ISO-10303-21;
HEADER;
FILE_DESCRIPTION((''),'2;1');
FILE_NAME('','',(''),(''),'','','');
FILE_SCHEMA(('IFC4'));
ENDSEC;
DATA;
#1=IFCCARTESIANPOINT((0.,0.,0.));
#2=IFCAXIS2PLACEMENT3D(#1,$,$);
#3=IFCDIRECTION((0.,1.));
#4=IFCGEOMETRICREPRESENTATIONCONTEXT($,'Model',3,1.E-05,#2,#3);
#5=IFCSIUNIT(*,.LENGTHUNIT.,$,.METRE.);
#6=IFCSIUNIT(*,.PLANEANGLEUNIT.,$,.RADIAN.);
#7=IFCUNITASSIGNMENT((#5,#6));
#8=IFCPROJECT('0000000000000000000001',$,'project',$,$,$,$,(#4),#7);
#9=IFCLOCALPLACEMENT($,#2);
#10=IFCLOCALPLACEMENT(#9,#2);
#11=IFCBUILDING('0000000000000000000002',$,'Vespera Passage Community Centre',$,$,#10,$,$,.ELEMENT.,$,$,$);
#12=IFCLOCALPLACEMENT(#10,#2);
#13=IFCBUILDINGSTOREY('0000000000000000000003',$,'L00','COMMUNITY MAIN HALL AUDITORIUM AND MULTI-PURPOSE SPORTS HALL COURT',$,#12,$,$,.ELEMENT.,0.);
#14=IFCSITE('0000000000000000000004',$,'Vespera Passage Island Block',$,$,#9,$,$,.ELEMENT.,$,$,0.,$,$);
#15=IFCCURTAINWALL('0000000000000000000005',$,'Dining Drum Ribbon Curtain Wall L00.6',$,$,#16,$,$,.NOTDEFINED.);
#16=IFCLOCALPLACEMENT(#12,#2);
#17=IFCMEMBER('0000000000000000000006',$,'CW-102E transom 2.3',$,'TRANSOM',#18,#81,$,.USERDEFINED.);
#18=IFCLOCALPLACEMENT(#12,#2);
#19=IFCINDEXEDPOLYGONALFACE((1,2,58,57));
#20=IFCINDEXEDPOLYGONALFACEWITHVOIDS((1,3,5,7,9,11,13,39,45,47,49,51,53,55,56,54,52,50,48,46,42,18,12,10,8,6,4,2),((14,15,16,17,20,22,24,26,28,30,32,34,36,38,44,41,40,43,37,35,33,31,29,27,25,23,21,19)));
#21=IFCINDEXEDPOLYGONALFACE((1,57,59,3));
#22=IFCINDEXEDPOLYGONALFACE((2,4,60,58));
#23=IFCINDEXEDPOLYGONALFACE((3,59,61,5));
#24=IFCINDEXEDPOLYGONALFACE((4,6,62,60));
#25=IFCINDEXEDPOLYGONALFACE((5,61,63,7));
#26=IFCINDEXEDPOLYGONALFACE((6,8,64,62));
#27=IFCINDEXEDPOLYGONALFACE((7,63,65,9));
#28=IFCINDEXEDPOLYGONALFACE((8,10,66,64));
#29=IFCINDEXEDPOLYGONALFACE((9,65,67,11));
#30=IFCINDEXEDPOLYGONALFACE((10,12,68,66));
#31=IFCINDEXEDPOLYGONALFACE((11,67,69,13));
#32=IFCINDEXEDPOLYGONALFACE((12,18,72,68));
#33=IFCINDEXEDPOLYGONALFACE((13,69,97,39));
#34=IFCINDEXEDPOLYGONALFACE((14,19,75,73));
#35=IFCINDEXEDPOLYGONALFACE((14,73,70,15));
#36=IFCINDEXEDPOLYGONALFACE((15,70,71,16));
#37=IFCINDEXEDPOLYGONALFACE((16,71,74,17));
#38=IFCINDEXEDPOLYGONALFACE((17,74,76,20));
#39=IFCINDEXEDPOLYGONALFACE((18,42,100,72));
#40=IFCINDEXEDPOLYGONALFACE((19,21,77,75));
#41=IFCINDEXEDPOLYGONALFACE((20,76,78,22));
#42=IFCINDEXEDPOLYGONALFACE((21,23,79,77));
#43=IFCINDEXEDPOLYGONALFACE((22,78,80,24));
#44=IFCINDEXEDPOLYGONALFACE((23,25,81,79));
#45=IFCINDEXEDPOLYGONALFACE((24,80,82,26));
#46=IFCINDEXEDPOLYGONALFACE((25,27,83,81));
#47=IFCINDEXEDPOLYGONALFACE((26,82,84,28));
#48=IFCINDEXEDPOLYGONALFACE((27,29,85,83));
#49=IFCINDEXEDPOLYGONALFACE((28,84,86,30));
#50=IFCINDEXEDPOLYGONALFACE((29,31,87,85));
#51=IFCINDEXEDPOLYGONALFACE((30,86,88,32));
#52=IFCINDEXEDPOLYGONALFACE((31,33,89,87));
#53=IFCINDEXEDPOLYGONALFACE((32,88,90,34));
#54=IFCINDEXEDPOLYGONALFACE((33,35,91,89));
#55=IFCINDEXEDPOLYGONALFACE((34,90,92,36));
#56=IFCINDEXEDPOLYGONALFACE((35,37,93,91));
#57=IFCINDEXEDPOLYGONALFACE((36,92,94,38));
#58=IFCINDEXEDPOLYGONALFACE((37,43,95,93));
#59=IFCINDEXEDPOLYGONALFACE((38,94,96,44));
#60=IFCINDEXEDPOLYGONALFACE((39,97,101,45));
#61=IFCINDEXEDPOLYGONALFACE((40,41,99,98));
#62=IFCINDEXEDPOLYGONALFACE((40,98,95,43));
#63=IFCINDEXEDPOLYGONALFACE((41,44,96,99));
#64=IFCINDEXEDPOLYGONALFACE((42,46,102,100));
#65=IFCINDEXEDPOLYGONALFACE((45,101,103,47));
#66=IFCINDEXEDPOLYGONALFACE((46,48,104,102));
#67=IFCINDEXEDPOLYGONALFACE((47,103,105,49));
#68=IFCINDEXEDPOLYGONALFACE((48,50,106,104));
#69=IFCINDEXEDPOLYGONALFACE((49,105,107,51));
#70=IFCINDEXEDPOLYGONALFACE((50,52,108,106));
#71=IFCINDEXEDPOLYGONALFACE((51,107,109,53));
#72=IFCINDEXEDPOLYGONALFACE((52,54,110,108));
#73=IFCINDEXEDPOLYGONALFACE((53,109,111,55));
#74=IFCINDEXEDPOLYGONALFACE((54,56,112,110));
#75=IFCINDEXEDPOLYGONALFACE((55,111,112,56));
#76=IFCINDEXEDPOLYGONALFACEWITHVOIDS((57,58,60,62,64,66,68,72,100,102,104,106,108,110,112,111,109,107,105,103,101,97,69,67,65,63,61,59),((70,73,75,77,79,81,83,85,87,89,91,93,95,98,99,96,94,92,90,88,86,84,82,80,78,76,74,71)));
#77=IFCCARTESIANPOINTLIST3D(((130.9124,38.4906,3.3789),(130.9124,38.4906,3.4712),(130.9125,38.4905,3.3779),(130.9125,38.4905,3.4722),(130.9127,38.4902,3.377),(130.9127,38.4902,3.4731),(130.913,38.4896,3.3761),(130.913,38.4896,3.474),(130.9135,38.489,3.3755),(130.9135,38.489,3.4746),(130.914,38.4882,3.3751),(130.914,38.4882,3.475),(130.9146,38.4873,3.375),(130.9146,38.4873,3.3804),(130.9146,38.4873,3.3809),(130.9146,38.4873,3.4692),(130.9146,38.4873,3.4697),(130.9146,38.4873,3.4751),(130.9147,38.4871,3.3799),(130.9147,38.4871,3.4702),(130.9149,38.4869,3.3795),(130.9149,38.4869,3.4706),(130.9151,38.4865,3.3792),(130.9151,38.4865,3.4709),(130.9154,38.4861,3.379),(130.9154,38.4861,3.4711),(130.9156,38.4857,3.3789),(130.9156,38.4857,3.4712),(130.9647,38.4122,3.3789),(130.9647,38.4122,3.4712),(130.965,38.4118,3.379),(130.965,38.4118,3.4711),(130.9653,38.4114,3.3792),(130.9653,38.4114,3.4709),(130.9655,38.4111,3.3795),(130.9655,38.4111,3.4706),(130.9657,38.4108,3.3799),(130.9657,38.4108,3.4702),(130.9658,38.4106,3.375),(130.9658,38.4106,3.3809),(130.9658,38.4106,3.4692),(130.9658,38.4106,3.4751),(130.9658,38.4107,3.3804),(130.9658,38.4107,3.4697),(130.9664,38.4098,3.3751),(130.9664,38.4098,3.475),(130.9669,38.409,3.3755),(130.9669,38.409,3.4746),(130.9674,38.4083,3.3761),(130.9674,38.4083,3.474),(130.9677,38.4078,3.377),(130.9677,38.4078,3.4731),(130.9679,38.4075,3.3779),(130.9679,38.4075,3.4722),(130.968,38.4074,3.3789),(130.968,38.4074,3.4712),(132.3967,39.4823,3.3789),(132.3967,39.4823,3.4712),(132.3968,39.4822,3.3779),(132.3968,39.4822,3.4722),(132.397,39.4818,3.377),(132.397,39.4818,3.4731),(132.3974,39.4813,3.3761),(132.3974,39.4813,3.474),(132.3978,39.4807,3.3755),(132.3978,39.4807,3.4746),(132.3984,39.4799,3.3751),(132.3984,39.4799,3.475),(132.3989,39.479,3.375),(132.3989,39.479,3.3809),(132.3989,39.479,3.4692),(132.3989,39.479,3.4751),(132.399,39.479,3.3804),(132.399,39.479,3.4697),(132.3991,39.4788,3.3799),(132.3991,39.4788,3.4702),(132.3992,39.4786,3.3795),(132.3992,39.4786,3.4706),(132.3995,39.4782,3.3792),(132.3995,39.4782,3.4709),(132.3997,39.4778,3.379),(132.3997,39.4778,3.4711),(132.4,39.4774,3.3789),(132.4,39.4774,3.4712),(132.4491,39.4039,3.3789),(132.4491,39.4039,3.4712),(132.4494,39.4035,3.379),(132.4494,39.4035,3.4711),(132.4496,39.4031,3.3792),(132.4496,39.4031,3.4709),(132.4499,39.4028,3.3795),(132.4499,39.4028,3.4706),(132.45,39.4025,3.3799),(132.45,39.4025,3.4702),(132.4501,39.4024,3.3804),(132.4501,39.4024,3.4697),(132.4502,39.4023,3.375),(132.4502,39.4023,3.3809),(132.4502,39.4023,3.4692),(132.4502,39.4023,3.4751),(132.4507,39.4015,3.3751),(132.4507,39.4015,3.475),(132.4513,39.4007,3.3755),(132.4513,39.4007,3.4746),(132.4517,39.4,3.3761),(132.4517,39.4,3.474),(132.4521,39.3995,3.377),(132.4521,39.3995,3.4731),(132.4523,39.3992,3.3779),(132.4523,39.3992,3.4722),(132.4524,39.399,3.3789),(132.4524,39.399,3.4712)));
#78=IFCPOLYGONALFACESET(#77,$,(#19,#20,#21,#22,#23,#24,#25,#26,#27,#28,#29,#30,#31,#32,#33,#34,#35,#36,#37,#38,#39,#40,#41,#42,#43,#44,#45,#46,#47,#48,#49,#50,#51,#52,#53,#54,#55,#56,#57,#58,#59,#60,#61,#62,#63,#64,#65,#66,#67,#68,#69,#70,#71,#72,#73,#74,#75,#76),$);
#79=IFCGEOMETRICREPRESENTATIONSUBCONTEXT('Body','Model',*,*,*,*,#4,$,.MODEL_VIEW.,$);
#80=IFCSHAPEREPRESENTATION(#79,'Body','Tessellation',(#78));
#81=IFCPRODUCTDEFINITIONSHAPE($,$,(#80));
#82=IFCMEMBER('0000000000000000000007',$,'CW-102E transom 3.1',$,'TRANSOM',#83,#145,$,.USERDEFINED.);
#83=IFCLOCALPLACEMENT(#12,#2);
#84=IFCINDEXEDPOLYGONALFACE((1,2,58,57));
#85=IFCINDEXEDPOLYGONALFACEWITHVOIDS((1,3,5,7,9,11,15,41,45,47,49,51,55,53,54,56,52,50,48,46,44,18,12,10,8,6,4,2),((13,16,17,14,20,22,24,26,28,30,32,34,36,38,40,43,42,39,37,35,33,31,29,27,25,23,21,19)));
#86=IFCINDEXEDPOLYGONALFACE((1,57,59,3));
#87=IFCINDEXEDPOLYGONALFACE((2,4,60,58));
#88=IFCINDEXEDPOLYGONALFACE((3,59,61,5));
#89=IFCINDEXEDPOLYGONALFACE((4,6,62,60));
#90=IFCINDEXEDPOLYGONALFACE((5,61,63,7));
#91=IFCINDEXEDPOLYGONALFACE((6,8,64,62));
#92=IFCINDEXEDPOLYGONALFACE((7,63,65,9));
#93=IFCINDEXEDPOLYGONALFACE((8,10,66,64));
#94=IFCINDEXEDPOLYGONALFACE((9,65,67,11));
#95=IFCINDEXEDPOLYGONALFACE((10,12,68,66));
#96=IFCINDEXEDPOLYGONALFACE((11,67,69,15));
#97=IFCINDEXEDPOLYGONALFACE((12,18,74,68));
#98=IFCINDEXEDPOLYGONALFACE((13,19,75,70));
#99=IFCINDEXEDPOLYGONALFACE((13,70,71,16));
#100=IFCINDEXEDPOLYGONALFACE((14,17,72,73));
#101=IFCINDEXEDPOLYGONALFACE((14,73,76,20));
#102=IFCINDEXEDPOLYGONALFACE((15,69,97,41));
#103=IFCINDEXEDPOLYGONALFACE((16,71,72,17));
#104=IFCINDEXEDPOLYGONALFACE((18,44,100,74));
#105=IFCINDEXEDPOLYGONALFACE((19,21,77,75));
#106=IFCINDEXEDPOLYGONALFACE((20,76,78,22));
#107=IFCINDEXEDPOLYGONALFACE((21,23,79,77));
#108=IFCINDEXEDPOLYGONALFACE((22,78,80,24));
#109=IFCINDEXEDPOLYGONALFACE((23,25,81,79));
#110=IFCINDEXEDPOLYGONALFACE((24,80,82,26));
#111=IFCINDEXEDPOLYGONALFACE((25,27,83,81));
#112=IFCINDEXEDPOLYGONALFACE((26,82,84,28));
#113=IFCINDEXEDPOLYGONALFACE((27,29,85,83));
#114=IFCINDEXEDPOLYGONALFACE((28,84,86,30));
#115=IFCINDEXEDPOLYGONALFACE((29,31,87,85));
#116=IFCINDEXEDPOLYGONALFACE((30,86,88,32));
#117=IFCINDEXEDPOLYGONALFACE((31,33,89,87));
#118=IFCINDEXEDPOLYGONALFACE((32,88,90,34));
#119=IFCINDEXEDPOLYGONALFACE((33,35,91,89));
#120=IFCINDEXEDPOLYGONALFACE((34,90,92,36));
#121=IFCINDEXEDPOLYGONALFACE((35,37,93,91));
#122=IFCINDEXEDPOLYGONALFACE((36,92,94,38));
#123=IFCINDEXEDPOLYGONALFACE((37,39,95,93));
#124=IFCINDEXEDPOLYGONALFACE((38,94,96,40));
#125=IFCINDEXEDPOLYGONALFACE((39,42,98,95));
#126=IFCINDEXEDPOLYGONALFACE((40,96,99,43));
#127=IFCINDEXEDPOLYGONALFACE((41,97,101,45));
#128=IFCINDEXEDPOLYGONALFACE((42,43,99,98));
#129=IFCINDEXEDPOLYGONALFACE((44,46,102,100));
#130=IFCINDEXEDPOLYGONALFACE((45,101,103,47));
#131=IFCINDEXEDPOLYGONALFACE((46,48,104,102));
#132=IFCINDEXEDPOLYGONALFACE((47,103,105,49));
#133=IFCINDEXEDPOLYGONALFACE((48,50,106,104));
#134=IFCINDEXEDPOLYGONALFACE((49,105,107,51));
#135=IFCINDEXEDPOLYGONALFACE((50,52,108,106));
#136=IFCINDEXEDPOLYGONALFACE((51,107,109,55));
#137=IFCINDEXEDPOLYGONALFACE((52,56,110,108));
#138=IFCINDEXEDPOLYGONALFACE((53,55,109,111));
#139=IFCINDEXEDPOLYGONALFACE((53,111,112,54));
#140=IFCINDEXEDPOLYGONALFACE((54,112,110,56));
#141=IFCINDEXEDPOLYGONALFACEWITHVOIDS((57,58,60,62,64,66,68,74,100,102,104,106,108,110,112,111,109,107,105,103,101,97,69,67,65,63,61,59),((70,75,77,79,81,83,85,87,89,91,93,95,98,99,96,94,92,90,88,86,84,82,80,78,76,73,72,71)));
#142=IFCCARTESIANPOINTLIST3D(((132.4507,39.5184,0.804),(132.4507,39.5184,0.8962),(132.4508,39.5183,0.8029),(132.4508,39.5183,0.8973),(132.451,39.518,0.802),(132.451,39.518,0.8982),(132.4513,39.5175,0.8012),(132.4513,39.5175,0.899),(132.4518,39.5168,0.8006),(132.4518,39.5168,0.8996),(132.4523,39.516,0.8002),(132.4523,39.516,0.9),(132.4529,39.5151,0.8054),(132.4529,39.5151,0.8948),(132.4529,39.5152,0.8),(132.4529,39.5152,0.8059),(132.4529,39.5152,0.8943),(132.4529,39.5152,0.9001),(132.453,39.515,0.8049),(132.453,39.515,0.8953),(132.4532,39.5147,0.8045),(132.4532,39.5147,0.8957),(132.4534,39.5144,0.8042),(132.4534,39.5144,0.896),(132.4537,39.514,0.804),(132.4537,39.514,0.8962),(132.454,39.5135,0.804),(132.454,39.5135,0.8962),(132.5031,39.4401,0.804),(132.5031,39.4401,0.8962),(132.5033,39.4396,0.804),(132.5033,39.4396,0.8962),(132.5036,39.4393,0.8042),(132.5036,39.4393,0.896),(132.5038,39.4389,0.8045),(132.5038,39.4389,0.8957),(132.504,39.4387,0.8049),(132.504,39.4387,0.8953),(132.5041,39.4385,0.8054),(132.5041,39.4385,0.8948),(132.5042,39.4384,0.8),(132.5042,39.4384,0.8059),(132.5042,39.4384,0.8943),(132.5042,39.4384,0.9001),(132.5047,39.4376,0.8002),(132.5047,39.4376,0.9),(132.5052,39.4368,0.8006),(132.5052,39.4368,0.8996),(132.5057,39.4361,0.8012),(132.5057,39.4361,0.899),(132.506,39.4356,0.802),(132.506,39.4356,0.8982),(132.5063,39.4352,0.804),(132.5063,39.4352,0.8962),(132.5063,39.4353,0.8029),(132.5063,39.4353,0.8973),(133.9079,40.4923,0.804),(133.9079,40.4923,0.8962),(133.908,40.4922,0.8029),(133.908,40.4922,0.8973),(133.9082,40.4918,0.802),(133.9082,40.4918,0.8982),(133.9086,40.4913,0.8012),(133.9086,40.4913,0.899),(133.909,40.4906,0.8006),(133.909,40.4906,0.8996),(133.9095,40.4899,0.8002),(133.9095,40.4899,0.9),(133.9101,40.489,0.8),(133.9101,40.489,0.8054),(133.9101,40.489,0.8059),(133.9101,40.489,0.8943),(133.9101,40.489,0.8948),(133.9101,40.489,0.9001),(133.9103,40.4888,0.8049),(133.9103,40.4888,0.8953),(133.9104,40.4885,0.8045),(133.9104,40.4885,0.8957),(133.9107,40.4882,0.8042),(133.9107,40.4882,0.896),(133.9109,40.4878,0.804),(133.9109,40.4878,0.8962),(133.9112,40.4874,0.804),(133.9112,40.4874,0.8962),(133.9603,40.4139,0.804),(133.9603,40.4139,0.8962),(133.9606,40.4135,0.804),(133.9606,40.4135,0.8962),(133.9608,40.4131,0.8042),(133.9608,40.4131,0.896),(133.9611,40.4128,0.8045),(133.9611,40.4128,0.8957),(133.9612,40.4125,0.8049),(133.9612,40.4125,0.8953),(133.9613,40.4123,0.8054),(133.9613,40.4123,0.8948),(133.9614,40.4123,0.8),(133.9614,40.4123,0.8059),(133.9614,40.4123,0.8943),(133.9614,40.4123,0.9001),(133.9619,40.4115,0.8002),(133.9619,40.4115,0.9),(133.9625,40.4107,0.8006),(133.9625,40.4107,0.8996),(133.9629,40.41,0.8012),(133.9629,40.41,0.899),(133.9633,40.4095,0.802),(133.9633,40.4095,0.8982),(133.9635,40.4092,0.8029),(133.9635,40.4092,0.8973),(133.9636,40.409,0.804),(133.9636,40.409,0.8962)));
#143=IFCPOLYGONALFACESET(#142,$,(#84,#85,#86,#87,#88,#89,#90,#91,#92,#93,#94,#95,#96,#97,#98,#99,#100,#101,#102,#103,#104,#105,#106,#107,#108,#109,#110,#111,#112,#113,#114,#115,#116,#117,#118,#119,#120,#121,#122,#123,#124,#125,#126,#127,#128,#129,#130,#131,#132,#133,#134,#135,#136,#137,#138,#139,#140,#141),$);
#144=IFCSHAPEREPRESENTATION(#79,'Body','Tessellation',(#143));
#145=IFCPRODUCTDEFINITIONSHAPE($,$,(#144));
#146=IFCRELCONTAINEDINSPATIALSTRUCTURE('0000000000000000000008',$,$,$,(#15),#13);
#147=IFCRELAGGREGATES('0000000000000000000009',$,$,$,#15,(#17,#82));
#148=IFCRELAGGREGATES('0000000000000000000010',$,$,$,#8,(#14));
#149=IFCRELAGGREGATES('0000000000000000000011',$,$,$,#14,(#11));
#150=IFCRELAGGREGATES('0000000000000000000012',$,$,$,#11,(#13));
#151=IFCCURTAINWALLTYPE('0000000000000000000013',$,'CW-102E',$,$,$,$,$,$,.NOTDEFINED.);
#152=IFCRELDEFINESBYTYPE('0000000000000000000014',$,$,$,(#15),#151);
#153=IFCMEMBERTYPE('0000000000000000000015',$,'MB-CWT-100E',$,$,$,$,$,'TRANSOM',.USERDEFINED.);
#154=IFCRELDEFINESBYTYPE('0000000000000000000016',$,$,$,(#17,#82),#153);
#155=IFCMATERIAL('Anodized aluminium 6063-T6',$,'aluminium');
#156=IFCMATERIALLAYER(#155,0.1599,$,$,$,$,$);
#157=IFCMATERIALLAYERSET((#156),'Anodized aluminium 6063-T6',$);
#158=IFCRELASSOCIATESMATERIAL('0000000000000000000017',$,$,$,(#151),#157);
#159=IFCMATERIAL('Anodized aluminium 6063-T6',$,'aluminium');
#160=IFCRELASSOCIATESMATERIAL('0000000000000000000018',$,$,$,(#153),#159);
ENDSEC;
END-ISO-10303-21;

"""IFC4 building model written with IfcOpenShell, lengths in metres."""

from ifc_helpers import new_model, si_unit, direction, frame, origin, origin_2d, place, context, subcontext, project, spatial, hollow_rectangle, extrude, material, layer, layer_set, material_profile, profile_set, type_object, element, aggregate, save


model = new_model("IFC4")

# Units and contexts
model_context = context("Model", 3, precision=1e-05, world=origin(), true_north=direction((0.0, 1.0)))
body_context = subcontext(model_context, "Body", "Model", "MODEL_VIEW")
ifc_project = project(units=[si_unit("LENGTHUNIT", "METRE"), si_unit("PLANEANGLEUNIT", "RADIAN")], contexts=[model_context])

# Site, building, storey
site_placement = place(None, origin())
site = spatial("IfcSite", under=ifc_project, at=site_placement, Name="Vespera Passage Island Block", CompositionType="ELEMENT", RefElevation=0.0)
building_placement = place(site_placement, origin())
building = spatial("IfcBuilding", under=site, at=building_placement, Name="Vespera Passage Community Centre", CompositionType="ELEMENT")
storey_placement = place(building_placement, origin())
storey = spatial("IfcBuildingStorey", under=building, at=storey_placement, Name="L00", Description="COMMUNITY MAIN HALL AUDITORIUM AND MULTI-PURPOSE SPORTS HALL COURT", CompositionType="ELEMENT", Elevation=0.0)

# Curtain wall
ifc_material_1 = material(Name="Anodized aluminium 6063-T6", Category="aluminium")
ifc_layer_1 = layer(ifc_material_1, 0.1599)
ifc_layer_set_1 = layer_set([ifc_layer_1], Name="Anodized aluminium 6063-T6")
curtain_wall_type_1 = type_object("IfcCurtainWallType", Name="CW-102E", PredefinedType="NOTDEFINED", material=ifc_layer_set_1)
curtain_wall_1_placement = place(storey_placement, origin())
curtain_wall_1 = element("IfcCurtainWall", 1, at=curtain_wall_1_placement, inside=storey, type_object=curtain_wall_type_1, Name="Dining Drum Ribbon Curtain Wall L00.6", PredefinedType="NOTDEFINED")

# Members
ifc_material_2 = material(Name="Anodized aluminium 6063-T6", Category="aluminium")
ifc_material_profile_1 = material_profile(ifc_material_2, hollow_rectangle(XDim=0.1001, YDim=0.1001, WallThickness=0.0039, InnerFilletRadius=0.002, OuterFilletRadius=0.0039, at=origin_2d()), Name="ALU100X100X4")
ifc_profile_set_1 = profile_set([ifc_material_profile_1], Name="Anodized aluminium 6063-T6")
member_type_1 = type_object("IfcMemberType", Name="MB-CWT-100E", ElementType="TRANSOM", PredefinedType="USERDEFINED", material=ifc_profile_set_1)
member_1_placement = place(storey_placement, frame((130.9402, 38.449, 3.425), z_axis=(0.831503, 0.55552, 0.0), x_axis=(-0.55552, 0.831503, 0.0)))
member_1 = element("IfcMember", 2, at=member_1_placement, type_object=member_type_1, Name="CW-102E transom 2.3", ObjectType="TRANSOM", PredefinedType="USERDEFINED", context=body_context, shape_type="SweptSolid", body=[
    extrude(hollow_rectangle(XDim=0.1001, YDim=0.1001, WallThickness=0.0039, InnerFilletRadius=0.002, OuterFilletRadius=0.0039, at=origin_2d()), origin(), (0.0, 0.0, 1.0), 1.7852),
])
member_2_placement = place(storey_placement, frame((132.4785, 39.4768, 0.8501), z_axis=(0.831428, 0.555632, 0.0), x_axis=(-0.555632, 0.831428, 0.0)))
member_2 = element("IfcMember", 3, at=member_2_placement, type_object=member_type_1, Name="CW-102E transom 3.1", ObjectType="TRANSOM", PredefinedType="USERDEFINED", context=body_context, shape_type="SweptSolid", body=[
    extrude(hollow_rectangle(XDim=0.1001, YDim=0.1001, WallThickness=0.0039, InnerFilletRadius=0.002, OuterFilletRadius=0.0039, at=origin_2d()), origin(), (0.0, 0.0, 1.0), 1.7527),
])

aggregate(curtain_wall_1, [member_1, member_2])

save(model, "model.ifc")
